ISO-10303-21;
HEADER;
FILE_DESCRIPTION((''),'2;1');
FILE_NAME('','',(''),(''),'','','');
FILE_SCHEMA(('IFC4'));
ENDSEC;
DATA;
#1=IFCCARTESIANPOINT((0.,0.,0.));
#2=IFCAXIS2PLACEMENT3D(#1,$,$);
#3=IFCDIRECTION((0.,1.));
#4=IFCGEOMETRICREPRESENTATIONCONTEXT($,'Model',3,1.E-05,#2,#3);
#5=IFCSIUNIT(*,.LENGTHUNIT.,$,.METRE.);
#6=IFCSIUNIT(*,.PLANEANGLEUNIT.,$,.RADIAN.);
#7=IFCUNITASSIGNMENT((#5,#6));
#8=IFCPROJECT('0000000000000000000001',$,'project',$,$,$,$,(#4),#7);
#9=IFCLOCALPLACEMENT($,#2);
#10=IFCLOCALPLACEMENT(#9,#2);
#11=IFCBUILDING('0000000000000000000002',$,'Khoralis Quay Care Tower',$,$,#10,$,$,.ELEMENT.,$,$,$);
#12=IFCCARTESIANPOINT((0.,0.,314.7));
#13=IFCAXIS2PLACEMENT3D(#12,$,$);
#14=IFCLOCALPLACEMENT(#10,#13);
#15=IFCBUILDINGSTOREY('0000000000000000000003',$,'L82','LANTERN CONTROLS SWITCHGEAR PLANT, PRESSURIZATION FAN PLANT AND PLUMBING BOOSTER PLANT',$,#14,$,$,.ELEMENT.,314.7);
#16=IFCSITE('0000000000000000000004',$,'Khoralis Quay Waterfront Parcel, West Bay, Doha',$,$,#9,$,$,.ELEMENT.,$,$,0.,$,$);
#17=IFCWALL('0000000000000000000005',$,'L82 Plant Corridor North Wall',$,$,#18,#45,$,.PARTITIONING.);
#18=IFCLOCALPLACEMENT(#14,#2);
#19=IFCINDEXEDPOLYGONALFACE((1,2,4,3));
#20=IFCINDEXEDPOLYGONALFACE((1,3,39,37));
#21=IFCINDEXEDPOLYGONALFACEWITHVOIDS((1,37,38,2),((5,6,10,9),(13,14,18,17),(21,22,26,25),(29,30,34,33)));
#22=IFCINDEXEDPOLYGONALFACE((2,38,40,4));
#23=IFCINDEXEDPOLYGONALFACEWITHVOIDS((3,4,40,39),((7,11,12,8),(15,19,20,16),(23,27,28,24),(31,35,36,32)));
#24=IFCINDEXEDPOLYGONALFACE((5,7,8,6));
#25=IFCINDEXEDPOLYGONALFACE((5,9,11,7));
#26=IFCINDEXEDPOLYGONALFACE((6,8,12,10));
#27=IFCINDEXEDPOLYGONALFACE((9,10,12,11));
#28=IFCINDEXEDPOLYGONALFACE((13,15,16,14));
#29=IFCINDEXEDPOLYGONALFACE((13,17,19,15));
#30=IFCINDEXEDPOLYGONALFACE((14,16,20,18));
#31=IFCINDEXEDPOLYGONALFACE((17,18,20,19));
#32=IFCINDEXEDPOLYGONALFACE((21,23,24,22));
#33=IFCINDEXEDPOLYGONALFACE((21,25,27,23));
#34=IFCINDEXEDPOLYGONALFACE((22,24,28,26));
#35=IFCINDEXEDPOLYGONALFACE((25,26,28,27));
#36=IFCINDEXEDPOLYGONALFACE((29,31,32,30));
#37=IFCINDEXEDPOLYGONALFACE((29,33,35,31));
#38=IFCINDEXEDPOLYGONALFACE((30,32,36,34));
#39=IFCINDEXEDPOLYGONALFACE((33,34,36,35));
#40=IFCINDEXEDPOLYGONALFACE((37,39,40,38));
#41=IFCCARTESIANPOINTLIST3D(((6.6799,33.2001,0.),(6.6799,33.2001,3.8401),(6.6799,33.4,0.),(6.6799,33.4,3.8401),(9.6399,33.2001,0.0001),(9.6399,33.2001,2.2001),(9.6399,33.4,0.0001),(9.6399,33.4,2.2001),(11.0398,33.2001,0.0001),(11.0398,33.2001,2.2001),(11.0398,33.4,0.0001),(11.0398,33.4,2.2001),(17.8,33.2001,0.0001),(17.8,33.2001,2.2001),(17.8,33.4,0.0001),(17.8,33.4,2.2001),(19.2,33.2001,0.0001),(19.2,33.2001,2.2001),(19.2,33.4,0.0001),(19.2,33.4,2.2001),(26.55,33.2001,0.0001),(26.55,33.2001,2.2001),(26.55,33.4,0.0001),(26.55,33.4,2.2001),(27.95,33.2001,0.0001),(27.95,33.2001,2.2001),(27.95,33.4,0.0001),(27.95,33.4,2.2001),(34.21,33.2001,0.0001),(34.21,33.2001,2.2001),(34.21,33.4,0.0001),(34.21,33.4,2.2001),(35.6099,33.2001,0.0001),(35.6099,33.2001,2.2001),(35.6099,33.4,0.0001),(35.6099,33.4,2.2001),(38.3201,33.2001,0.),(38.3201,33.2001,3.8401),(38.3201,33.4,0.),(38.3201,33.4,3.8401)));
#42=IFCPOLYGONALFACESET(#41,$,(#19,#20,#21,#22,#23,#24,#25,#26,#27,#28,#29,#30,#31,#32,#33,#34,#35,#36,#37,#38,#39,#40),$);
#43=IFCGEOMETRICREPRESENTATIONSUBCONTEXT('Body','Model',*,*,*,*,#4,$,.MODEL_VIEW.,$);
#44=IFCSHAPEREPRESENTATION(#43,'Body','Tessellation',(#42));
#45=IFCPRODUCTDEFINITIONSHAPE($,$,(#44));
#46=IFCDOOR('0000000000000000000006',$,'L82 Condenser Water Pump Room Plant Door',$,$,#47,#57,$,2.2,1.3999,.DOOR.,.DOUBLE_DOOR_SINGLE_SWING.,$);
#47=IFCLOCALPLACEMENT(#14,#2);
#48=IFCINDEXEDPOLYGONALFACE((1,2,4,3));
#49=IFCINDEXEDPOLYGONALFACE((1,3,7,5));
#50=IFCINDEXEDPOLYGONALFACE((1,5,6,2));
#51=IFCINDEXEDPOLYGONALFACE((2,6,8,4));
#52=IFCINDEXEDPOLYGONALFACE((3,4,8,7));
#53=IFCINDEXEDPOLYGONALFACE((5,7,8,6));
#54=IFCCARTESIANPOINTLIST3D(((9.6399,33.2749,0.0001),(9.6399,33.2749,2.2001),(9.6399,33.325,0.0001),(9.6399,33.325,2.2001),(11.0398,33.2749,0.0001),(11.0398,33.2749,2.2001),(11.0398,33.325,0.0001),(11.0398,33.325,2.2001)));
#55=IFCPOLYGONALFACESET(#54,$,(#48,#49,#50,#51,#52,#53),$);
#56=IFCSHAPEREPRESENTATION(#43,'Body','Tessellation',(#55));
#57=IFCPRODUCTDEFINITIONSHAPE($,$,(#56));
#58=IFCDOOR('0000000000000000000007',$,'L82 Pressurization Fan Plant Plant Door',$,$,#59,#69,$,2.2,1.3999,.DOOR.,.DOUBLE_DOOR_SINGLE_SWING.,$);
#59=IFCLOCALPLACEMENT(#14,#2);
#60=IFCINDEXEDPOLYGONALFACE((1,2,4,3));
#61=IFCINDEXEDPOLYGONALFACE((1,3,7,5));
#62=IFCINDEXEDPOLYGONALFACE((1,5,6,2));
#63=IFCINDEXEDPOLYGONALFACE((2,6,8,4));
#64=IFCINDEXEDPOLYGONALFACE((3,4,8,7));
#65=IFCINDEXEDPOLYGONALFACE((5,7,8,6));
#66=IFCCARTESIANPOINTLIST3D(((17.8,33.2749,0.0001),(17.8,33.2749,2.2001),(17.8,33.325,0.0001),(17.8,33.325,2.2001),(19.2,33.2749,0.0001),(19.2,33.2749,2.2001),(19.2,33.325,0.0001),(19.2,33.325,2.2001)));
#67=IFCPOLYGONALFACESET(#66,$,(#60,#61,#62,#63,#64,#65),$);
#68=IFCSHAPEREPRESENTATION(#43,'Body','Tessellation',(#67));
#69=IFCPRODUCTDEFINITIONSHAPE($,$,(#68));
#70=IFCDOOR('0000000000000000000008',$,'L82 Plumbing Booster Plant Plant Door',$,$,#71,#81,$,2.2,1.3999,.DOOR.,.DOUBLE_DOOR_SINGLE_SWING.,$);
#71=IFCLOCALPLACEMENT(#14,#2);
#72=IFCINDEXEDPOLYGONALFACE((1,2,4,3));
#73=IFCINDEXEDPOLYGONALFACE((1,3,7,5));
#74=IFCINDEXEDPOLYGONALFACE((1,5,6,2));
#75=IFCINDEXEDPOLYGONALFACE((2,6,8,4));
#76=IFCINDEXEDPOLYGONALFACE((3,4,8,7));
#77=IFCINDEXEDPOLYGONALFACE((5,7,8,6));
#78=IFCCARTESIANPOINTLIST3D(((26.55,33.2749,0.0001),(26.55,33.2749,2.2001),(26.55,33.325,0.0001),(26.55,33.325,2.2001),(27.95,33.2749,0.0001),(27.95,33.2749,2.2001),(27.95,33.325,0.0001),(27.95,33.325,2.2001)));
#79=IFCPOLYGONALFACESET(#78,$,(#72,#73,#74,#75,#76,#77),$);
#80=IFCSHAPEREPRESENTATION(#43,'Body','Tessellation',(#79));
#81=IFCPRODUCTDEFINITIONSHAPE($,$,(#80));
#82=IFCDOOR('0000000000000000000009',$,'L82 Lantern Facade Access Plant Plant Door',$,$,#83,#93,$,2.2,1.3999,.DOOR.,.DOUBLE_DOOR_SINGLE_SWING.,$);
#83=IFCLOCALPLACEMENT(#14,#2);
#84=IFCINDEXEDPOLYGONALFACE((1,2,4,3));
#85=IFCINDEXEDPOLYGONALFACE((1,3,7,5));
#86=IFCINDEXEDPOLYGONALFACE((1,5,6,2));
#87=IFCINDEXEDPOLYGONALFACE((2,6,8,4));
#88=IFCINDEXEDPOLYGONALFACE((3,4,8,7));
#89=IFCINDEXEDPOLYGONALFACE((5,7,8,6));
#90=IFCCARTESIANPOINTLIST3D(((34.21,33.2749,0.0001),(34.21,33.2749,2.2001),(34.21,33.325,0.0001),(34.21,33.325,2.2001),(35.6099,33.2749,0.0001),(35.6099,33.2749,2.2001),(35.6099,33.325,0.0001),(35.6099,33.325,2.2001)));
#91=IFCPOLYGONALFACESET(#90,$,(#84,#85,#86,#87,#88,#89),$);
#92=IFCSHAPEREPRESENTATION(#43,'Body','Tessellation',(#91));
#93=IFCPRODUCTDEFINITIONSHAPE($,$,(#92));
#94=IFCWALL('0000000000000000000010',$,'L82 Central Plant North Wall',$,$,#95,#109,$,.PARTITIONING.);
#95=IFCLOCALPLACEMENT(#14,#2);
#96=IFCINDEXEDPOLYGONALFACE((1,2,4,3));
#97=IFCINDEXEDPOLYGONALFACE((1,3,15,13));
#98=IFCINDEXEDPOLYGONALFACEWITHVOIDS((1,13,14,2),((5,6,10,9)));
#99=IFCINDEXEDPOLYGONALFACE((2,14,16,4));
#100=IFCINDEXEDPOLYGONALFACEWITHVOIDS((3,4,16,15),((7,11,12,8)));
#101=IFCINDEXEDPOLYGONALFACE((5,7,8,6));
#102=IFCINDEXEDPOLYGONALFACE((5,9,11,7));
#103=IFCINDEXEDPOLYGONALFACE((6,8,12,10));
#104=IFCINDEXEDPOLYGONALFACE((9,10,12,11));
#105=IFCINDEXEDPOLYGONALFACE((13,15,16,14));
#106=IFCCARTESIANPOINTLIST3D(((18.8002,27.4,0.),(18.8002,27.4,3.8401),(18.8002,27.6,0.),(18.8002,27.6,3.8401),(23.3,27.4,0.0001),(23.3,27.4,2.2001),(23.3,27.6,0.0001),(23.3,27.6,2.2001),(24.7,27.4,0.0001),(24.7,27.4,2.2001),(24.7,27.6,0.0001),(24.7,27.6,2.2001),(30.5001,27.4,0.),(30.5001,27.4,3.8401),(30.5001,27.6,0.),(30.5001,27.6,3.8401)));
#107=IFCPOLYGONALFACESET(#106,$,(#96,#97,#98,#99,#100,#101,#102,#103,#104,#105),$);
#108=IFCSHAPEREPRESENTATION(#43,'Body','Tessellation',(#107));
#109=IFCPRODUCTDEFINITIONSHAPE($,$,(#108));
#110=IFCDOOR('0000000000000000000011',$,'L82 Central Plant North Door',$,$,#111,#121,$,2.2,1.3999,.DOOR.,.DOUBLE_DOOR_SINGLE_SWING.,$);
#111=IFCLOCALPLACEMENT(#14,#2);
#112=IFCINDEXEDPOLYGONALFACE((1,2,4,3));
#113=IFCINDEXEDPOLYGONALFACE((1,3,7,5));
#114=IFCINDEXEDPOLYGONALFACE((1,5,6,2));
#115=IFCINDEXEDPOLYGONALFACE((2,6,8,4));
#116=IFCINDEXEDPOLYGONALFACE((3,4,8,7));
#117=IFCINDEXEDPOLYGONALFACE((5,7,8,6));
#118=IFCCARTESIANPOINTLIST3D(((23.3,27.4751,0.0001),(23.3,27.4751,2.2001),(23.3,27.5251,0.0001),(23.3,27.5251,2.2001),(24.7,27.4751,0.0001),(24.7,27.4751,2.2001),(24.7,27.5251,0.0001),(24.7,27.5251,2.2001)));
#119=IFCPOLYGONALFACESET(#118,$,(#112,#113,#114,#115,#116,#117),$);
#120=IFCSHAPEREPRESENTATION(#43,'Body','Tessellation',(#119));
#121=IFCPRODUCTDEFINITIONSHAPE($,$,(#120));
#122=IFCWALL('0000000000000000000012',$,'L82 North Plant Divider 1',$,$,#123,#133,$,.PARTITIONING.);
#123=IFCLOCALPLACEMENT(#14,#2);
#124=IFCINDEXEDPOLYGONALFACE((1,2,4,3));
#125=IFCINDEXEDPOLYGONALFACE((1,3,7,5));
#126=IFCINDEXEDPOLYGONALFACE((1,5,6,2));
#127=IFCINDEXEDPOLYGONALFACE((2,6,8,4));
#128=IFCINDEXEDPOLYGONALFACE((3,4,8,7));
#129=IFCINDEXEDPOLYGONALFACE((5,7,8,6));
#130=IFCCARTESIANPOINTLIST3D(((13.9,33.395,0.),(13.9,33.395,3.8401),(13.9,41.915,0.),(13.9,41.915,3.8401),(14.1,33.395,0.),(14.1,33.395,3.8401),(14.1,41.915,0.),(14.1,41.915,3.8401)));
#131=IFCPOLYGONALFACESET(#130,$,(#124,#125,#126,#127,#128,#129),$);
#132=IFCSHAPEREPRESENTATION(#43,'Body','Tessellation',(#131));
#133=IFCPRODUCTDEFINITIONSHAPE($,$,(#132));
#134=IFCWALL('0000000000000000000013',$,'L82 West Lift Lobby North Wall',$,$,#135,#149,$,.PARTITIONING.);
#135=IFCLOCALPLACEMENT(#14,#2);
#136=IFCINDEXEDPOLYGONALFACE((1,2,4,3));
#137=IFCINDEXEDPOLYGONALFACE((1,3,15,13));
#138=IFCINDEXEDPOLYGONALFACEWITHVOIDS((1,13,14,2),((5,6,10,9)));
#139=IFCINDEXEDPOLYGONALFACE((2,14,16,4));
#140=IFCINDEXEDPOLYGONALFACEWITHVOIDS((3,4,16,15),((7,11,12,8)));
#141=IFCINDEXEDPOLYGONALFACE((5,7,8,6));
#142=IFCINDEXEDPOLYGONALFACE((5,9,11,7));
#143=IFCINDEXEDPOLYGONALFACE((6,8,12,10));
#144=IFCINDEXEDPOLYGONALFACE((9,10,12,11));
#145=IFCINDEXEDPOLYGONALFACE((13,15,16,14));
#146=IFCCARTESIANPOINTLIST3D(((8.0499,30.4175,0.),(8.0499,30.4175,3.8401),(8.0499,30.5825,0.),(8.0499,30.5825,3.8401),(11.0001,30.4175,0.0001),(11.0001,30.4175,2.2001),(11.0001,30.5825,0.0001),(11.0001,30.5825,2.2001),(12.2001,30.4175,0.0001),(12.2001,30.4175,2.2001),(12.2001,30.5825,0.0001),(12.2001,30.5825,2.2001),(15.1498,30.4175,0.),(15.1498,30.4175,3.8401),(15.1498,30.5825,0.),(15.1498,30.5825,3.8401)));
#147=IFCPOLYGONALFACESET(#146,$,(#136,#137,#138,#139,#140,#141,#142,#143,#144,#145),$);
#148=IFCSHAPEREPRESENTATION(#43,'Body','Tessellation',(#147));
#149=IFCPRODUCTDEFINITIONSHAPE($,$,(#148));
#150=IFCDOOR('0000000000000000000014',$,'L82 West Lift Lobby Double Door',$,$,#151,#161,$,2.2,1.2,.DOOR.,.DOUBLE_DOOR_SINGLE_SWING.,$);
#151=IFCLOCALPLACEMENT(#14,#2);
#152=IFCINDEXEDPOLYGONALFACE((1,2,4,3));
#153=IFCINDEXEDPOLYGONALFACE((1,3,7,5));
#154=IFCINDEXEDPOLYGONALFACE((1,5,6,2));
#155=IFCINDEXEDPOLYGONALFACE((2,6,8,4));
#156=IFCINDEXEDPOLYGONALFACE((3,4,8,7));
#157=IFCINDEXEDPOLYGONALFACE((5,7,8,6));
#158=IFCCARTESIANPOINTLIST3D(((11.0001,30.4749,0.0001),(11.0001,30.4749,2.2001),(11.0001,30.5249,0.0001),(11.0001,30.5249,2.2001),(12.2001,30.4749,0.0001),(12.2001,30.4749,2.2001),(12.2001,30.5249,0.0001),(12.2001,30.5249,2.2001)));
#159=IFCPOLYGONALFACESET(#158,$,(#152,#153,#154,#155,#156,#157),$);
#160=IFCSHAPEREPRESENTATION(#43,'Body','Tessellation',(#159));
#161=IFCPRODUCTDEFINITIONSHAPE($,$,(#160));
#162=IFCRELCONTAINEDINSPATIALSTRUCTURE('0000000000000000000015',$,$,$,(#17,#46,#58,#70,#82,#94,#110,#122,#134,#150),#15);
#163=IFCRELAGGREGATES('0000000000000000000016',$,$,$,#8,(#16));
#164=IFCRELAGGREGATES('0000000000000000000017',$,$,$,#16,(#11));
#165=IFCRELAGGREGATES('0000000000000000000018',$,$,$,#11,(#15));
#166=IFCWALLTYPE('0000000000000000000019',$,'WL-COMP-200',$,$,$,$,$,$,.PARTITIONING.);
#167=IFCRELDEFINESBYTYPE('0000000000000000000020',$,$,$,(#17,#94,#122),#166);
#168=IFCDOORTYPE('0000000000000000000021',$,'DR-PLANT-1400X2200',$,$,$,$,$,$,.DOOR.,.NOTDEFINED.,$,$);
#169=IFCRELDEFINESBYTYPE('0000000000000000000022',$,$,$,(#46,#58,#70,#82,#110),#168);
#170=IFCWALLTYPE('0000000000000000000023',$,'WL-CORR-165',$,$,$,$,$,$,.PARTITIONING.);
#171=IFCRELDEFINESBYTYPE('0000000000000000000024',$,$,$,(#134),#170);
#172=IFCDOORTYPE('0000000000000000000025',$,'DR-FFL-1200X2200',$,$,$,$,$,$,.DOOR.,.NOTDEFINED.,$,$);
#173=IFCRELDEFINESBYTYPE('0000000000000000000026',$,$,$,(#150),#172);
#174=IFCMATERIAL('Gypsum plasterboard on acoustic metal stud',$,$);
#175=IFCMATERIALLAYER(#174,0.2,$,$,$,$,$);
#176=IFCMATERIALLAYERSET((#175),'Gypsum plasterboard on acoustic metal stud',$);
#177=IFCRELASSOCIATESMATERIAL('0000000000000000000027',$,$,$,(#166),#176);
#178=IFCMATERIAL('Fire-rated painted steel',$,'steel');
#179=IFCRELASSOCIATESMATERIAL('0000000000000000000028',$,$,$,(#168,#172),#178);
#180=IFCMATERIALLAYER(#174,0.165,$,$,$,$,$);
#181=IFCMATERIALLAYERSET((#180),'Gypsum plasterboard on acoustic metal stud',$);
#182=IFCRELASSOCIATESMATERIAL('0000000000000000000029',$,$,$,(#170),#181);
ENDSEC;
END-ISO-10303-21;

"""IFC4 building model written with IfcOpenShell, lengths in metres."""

from ifc_helpers import new_model, si_unit, direction, frame, frame_2d, origin, place, context, subcontext, project, spatial, rectangle, extrude, source, transform, mapped, material, layer, layer_set, type_object, element, fill, save


model = new_model("IFC4")

# Units and contexts
model_context = context("Model", 3, precision=1e-05, world=origin(), true_north=direction((0.0, 1.0)))
body_context = subcontext(model_context, "Body", "Model", "MODEL_VIEW")
ifc_project = project(units=[si_unit("LENGTHUNIT", "METRE"), si_unit("PLANEANGLEUNIT", "RADIAN")], contexts=[model_context])

# Site, building, storey
site_placement = place(None, origin())
site = spatial("IfcSite", under=ifc_project, at=site_placement, Name="Khoralis Quay Waterfront Parcel, West Bay, Doha", CompositionType="ELEMENT", RefElevation=0.0)
building_placement = place(site_placement, origin())
building = spatial("IfcBuilding", under=site, at=building_placement, Name="Khoralis Quay Care Tower", CompositionType="ELEMENT")
storey_placement = place(building_placement, frame((0.0, 0.0, 314.7)))
storey = spatial("IfcBuildingStorey", under=building, at=storey_placement, Name="L82", Description="LANTERN CONTROLS SWITCHGEAR PLANT, PRESSURIZATION FAN PLANT AND PLUMBING BOOSTER PLANT", CompositionType="ELEMENT", Elevation=314.7)

# Wall, openings, doors
ifc_material_1 = material(Name="Gypsum plasterboard on acoustic metal stud")
ifc_layer_1 = layer(ifc_material_1, 0.2)
ifc_layer_set_1 = layer_set([ifc_layer_1], Name="Gypsum plasterboard on acoustic metal stud")
wall_type_1 = type_object("IfcWallType", Name="WL-COMP-200", PredefinedType="PARTITIONING", material=ifc_layer_set_1)
wall_1_placement = place(storey_placement, frame((6.6799, 33.3, 0.0), z_axis=(0.0, 0.0, 1.0), x_axis=(1.0, 0.0, 0.0)))
wall_1 = element("IfcWall", 1, at=wall_1_placement, inside=storey, type_object=wall_type_1, Name="L82 Plant Corridor North Wall", PredefinedType="PARTITIONING", context=body_context, shape_type="SweptSolid", body=[
    extrude(rectangle(XDim=31.6401, YDim=0.2, at=frame_2d((15.8201, 0.0))), origin(), (0.0, 0.0, 1.0), 3.8401),
])
opening_1_placement = place(wall_1_placement, frame((2.96, 0.0, 0.0)))
opening_1 = element("IfcOpeningElement", 2, at=opening_1_placement, cuts=wall_1, PredefinedType="OPENING", context=body_context, shape_type="SweptSolid", body=[
    extrude(rectangle(XDim=1.3999, YDim=2.2, at=frame_2d((0.7, 1.1001))), frame((0.0, 0.1099, 0.0), z_axis=(0.0, -1.0, 0.0), x_axis=(1.0, 0.0, 0.0)), (0.0, 0.0, 1.0), 0.22),
])
opening_2_placement = place(wall_1_placement, frame((11.1201, 0.0, 0.0)))
opening_2 = element("IfcOpeningElement", 3, at=opening_2_placement, cuts=wall_1, PredefinedType="OPENING", context=body_context, shape_type="SweptSolid", body=[
    extrude(rectangle(XDim=1.3999, YDim=2.2, at=frame_2d((0.7, 1.1001))), frame((0.0, 0.1099, 0.0), z_axis=(0.0, -1.0, 0.0), x_axis=(1.0, 0.0, 0.0)), (0.0, 0.0, 1.0), 0.22),
])
opening_3_placement = place(wall_1_placement, frame((19.8701, 0.0, 0.0)))
opening_3 = element("IfcOpeningElement", 4, at=opening_3_placement, cuts=wall_1, PredefinedType="OPENING", context=body_context, shape_type="SweptSolid", body=[
    extrude(rectangle(XDim=1.3999, YDim=2.2, at=frame_2d((0.7, 1.1001))), frame((0.0, 0.1099, 0.0), z_axis=(0.0, -1.0, 0.0), x_axis=(1.0, 0.0, 0.0)), (0.0, 0.0, 1.0), 0.22),
])
opening_4_placement = place(wall_1_placement, frame((27.53, 0.0, 0.0)))
opening_4 = element("IfcOpeningElement", 5, at=opening_4_placement, cuts=wall_1, PredefinedType="OPENING", context=body_context, shape_type="SweptSolid", body=[
    extrude(rectangle(XDim=1.3999, YDim=2.2, at=frame_2d((0.7, 1.1001))), frame((0.0, 0.1099, 0.0), z_axis=(0.0, -1.0, 0.0), x_axis=(1.0, 0.0, 0.0)), (0.0, 0.0, 1.0), 0.22),
])
ifc_material_2 = material(Name="Fire-rated painted steel", Category="steel")
door_type_1 = type_object("IfcDoorType", Name="DR-PLANT-1400X2200", OperationType="NOTDEFINED", PredefinedType="DOOR", material=ifc_material_2)
shared_shape_1 = source(origin(), body_context, "Body", "SweptSolid", [
    extrude(rectangle(XDim=1.3999, YDim=2.2, at=frame_2d((0.7, 1.1001))), frame((0.0, 0.0249, 0.0), z_axis=(0.0, -1.0, 0.0), x_axis=(1.0, 0.0, 0.0)), (0.0, 0.0, 1.0), 0.05),
])
door_1_placement = place(opening_1_placement, origin())
door_1 = element("IfcDoor", 6, at=door_1_placement, inside=storey, type_object=door_type_1, Name="L82 Condenser Water Pump Room Plant Door", OperationType="DOUBLE_DOOR_SINGLE_SWING", OverallHeight=2.2, OverallWidth=1.3999, PredefinedType="DOOR", context=body_context, shape_type="MappedRepresentation", body=[
    mapped(shared_shape_1, transform((0.0, 0.0, 0.0), scale=1.0)),
])
fill(opening_1, door_1)
door_2_placement = place(opening_2_placement, origin())
door_2 = element("IfcDoor", 7, at=door_2_placement, inside=storey, type_object=door_type_1, Name="L82 Pressurization Fan Plant Plant Door", OperationType="DOUBLE_DOOR_SINGLE_SWING", OverallHeight=2.2, OverallWidth=1.3999, PredefinedType="DOOR", context=body_context, shape_type="MappedRepresentation", body=[
    mapped(shared_shape_1, transform((0.0, 0.0, 0.0), scale=1.0)),
])
fill(opening_2, door_2)
door_3_placement = place(opening_3_placement, origin())
door_3 = element("IfcDoor", 8, at=door_3_placement, inside=storey, type_object=door_type_1, Name="L82 Plumbing Booster Plant Plant Door", OperationType="DOUBLE_DOOR_SINGLE_SWING", OverallHeight=2.2, OverallWidth=1.3999, PredefinedType="DOOR", context=body_context, shape_type="MappedRepresentation", body=[
    mapped(shared_shape_1, transform((0.0, 0.0, 0.0), scale=1.0)),
])
fill(opening_3, door_3)
door_4_placement = place(opening_4_placement, origin())
door_4 = element("IfcDoor", 9, at=door_4_placement, inside=storey, type_object=door_type_1, Name="L82 Lantern Facade Access Plant Plant Door", OperationType="DOUBLE_DOOR_SINGLE_SWING", OverallHeight=2.2, OverallWidth=1.3999, PredefinedType="DOOR", context=body_context, shape_type="MappedRepresentation", body=[
    mapped(shared_shape_1, transform((0.0, 0.0, 0.0), scale=1.0)),
])
fill(opening_4, door_4)

# Wall, opening, door
wall_2_placement = place(storey_placement, frame((18.8, 27.5, 0.0), z_axis=(0.0, 0.0, 1.0), x_axis=(1.0, 0.0, 0.0)))
wall_2 = element("IfcWall", 10, at=wall_2_placement, inside=storey, type_object=wall_type_1, Name="L82 Central Plant North Wall", PredefinedType="PARTITIONING", context=body_context, shape_type="SweptSolid", body=[
    extrude(rectangle(XDim=11.7, YDim=0.2, at=frame_2d((5.8501, 0.0))), origin(), (0.0, 0.0, 1.0), 3.8401),
])
opening_5_placement = place(wall_2_placement, frame((4.5, 0.0, 0.0)))
opening_5 = element("IfcOpeningElement", 11, at=opening_5_placement, cuts=wall_2, PredefinedType="OPENING", context=body_context, shape_type="SweptSolid", body=[
    extrude(rectangle(XDim=1.3999, YDim=2.2, at=frame_2d((0.7, 1.1001))), frame((0.0, 0.1099, 0.0), z_axis=(0.0, -1.0, 0.0), x_axis=(1.0, 0.0, 0.0)), (0.0, 0.0, 1.0), 0.22),
])
door_5_placement = place(opening_5_placement, frame((1.3999, 0.0, 0.0), z_axis=(0.0, 0.0, 1.0), x_axis=(-1.0, 0.0, 0.0)))
door_5 = element("IfcDoor", 12, at=door_5_placement, inside=storey, type_object=door_type_1, Name="L82 Central Plant North Door", OperationType="DOUBLE_DOOR_SINGLE_SWING", OverallHeight=2.2, OverallWidth=1.3999, PredefinedType="DOOR", context=body_context, shape_type="MappedRepresentation", body=[
    mapped(shared_shape_1, transform((0.0, 0.0, 0.0), scale=1.0)),
])
fill(opening_5, door_5)

# Wall
wall_3_placement = place(storey_placement, frame((14.0, 33.395, 0.0), z_axis=(0.0, 0.0, 1.0), x_axis=(0.0, 1.0, 0.0)))
element("IfcWall", 13, at=wall_3_placement, inside=storey, type_object=wall_type_1, Name="L82 North Plant Divider 1", PredefinedType="PARTITIONING", context=body_context, shape_type="SweptSolid", body=[
    extrude(rectangle(XDim=8.52, YDim=0.2, at=frame_2d((4.26, 0.0))), origin(), (0.0, 0.0, 1.0), 3.8401),
])

# Wall, opening, door
ifc_layer_2 = layer(ifc_material_1, 0.165)
ifc_layer_set_2 = layer_set([ifc_layer_2], Name="Gypsum plasterboard on acoustic metal stud")
wall_type_2 = type_object("IfcWallType", Name="WL-CORR-165", PredefinedType="PARTITIONING", material=ifc_layer_set_2)
wall_4_placement = place(storey_placement, frame((8.05, 30.5, 0.0), z_axis=(0.0, 0.0, 1.0), x_axis=(1.0, 0.0, 0.0)))
wall_4 = element("IfcWall", 14, at=wall_4_placement, inside=storey, type_object=wall_type_2, Name="L82 West Lift Lobby North Wall", PredefinedType="PARTITIONING", context=body_context, shape_type="SweptSolid", body=[
    extrude(rectangle(XDim=7.0999, YDim=0.165, at=frame_2d((3.5498, 0.0))), origin(), (0.0, 0.0, 1.0), 3.8401),
])
opening_6_placement = place(wall_4_placement, frame((2.95, 0.0, 0.0)))
opening_6 = element("IfcOpeningElement", 15, at=opening_6_placement, cuts=wall_4, PredefinedType="OPENING", context=body_context, shape_type="SweptSolid", body=[
    extrude(rectangle(XDim=1.2, YDim=2.2, at=frame_2d((0.6001, 1.1001))), frame((0.0, 0.0925, 0.0), z_axis=(0.0, -1.0, 0.0), x_axis=(1.0, 0.0, 0.0)), (0.0, 0.0, 1.0), 0.1851),
])
door_type_2 = type_object("IfcDoorType", Name="DR-FFL-1200X2200", OperationType="NOTDEFINED", PredefinedType="DOOR", material=ifc_material_2)
shared_shape_2 = source(origin(), body_context, "Body", "SweptSolid", [
    extrude(rectangle(XDim=1.2, YDim=2.2, at=frame_2d((0.6001, 1.1001))), frame((0.0, 0.0249, 0.0), z_axis=(0.0, -1.0, 0.0), x_axis=(1.0, 0.0, 0.0)), (0.0, 0.0, 1.0), 0.05),
])
door_6_placement = place(opening_6_placement, origin())
door_6 = element("IfcDoor", 16, at=door_6_placement, inside=storey, type_object=door_type_2, Name="L82 West Lift Lobby Double Door", OperationType="DOUBLE_DOOR_SINGLE_SWING", OverallHeight=2.2, OverallWidth=1.2, PredefinedType="DOOR", context=body_context, shape_type="MappedRepresentation", body=[
    mapped(shared_shape_2, transform((0.0, 0.0, 0.0), scale=1.0)),
])
fill(opening_6, door_6)

save(model, "model.ifc")
